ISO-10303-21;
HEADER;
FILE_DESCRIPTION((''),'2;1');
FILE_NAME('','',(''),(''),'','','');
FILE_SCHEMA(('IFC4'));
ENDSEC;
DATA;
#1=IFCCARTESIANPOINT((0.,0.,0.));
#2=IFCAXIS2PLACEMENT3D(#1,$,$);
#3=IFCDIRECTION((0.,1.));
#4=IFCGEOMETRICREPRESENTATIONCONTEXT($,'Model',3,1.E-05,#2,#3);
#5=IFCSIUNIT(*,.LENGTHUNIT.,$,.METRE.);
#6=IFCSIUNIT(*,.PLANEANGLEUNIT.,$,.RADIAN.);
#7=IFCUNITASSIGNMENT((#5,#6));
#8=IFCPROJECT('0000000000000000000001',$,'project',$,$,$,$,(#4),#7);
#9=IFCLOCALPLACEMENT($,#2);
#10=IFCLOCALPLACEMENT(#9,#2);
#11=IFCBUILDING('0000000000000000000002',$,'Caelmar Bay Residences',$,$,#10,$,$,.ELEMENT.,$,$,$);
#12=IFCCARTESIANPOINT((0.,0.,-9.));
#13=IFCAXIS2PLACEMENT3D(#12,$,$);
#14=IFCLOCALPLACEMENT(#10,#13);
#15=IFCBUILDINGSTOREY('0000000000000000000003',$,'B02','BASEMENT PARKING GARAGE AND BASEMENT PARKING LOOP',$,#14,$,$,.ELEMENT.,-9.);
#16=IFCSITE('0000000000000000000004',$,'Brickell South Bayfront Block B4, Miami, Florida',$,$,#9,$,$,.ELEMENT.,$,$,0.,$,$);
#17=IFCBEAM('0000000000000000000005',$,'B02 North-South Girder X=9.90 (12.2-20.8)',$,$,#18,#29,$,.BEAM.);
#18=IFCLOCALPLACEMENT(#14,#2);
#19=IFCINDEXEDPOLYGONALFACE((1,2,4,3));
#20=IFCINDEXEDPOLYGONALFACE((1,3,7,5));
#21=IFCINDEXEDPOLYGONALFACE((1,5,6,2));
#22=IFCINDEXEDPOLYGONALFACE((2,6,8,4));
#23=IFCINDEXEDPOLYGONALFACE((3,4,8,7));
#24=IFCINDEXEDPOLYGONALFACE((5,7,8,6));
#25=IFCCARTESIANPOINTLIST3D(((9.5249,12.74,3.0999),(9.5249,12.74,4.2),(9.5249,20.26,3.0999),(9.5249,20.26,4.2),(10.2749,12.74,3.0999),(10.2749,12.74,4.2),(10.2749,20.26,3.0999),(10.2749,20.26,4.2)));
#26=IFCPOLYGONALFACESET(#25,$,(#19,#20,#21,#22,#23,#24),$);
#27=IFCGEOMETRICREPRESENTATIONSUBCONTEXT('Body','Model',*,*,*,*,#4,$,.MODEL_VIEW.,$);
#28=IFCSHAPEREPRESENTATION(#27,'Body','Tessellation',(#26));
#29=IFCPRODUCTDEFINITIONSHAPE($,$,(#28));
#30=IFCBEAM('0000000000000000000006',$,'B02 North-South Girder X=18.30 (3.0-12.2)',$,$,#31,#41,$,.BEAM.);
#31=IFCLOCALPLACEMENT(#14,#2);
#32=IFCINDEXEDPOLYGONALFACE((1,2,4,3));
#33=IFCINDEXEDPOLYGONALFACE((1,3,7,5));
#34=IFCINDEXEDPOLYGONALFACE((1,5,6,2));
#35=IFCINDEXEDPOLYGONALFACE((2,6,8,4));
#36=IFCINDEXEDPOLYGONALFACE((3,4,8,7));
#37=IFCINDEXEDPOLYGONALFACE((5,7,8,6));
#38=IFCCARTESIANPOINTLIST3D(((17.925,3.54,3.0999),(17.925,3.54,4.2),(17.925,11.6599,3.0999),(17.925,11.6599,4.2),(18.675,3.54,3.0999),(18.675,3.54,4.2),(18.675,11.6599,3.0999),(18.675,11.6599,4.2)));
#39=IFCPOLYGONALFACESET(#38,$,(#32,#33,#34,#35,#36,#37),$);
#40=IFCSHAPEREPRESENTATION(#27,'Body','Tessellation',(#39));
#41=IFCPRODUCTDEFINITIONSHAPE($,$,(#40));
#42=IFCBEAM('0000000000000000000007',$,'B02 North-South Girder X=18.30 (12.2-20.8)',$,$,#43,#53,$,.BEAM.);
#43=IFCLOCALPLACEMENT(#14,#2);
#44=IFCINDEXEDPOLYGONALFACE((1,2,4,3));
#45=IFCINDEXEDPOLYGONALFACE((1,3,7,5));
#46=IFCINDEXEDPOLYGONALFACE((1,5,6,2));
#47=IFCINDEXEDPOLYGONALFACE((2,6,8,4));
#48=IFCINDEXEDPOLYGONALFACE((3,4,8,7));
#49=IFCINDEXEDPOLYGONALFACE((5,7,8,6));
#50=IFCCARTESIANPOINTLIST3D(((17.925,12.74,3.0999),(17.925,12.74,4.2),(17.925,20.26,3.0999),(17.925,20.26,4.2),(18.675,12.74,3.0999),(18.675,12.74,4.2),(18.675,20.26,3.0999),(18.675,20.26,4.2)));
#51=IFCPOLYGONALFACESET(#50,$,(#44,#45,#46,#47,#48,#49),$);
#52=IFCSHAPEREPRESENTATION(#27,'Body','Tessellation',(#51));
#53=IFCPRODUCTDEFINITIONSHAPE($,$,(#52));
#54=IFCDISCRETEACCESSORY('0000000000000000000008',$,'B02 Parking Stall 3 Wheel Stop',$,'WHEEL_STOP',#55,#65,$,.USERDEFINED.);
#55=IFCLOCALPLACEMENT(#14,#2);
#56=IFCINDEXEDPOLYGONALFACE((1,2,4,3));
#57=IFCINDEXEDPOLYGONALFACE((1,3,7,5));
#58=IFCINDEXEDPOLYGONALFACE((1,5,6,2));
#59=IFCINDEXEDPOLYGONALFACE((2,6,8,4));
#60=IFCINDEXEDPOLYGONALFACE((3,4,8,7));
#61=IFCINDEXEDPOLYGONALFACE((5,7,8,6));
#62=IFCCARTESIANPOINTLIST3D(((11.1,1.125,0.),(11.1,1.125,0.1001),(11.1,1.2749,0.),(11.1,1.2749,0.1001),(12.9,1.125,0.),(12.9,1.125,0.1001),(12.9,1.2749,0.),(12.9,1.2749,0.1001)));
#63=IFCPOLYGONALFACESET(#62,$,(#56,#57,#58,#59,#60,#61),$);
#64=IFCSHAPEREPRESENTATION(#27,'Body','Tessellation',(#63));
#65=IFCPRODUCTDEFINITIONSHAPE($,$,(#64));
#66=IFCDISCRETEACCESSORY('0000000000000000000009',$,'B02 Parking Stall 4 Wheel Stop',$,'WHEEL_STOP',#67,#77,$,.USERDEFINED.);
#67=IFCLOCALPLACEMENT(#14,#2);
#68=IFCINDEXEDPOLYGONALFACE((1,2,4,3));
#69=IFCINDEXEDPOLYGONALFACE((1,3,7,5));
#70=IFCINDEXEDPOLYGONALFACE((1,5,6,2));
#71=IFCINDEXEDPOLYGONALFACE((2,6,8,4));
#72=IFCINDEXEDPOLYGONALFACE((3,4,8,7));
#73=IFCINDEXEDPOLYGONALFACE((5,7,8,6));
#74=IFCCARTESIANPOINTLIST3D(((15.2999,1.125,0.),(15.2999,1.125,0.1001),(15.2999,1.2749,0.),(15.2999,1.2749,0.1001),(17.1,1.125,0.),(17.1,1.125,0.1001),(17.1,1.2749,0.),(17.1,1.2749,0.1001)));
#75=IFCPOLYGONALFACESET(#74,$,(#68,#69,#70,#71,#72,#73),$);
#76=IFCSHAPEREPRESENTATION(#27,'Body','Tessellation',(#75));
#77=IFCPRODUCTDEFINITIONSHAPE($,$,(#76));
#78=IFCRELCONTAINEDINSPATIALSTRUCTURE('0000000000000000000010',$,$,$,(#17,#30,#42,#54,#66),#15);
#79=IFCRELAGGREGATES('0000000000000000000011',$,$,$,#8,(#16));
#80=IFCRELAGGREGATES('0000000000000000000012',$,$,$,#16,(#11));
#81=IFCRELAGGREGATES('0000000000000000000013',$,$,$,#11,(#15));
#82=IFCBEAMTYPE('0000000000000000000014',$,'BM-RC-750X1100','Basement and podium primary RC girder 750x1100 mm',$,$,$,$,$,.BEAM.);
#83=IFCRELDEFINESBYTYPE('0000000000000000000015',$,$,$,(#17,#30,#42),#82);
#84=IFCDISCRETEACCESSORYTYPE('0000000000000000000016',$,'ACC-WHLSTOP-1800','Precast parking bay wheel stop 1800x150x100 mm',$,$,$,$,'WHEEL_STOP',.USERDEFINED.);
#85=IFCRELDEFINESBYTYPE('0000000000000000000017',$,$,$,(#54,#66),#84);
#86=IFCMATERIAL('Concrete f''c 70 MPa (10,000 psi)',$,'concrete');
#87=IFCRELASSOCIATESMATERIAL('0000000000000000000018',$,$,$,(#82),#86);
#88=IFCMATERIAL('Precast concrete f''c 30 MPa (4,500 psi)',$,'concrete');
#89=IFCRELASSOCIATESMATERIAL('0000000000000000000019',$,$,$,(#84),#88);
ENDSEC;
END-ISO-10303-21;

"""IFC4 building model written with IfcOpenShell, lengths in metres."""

from ifc_helpers import new_model, si_unit, direction, frame, origin, origin_2d, place, context, subcontext, project, spatial, rectangle, extrude, material, material_profile, profile_set, type_object, element, save


model = new_model("IFC4")

# Units and contexts
model_context = context("Model", 3, precision=1e-05, world=origin(), true_north=direction((0.0, 1.0)))
body_context = subcontext(model_context, "Body", "Model", "MODEL_VIEW")
ifc_project = project(units=[si_unit("LENGTHUNIT", "METRE"), si_unit("PLANEANGLEUNIT", "RADIAN")], contexts=[model_context])

# Site, building, storey
site_placement = place(None, origin())
site = spatial("IfcSite", under=ifc_project, at=site_placement, Name="Brickell South Bayfront Block B4, Miami, Florida", CompositionType="ELEMENT", RefElevation=0.0)
building_placement = place(site_placement, origin())
building = spatial("IfcBuilding", under=site, at=building_placement, Name="Caelmar Bay Residences", CompositionType="ELEMENT")
storey_placement = place(building_placement, frame((0.0, 0.0, -9.0)))
storey = spatial("IfcBuildingStorey", under=building, at=storey_placement, Name="B02", Description="BASEMENT PARKING GARAGE AND BASEMENT PARKING LOOP", CompositionType="ELEMENT", Elevation=-9.0)

# Shared definitions
ifc_material_1 = material(Name="Concrete f'c 70 MPa (10,000 psi)", Category="concrete")

# Beams
ifc_material_profile_1 = material_profile(ifc_material_1, rectangle(XDim=0.75, YDim=1.1001, at=origin_2d()), Name="RC-BM-750X1100")
ifc_profile_set_1 = profile_set([ifc_material_profile_1], Name="Concrete f'c 70 MPa (10,000 psi)")
beam_type_1 = type_object("IfcBeamType", Name="BM-RC-750X1100", Description="Basement and podium primary RC girder 750x1100 mm", PredefinedType="BEAM", material=ifc_profile_set_1)
beam_1_placement = place(storey_placement, frame((9.8999, 12.74, 3.6499), z_axis=(0.0, 1.0, 0.0), x_axis=(-1.0, 0.0, 0.0)))
element("IfcBeam", 1, at=beam_1_placement, inside=storey, type_object=beam_type_1, Name="B02 North-South Girder X=9.90 (12.2-20.8)", PredefinedType="BEAM", context=body_context, shape_type="SweptSolid", body=[
    extrude(rectangle(XDim=0.75, YDim=1.1001, at=origin_2d()), origin(), (0.0, 0.0, 1.0), 7.52),
])
beam_2_placement = place(storey_placement, frame((18.3, 3.54, 3.6499), z_axis=(0.0, 1.0, 0.0), x_axis=(-1.0, 0.0, 0.0)))
element("IfcBeam", 2, at=beam_2_placement, inside=storey, type_object=beam_type_1, Name="B02 North-South Girder X=18.30 (3.0-12.2)", PredefinedType="BEAM", context=body_context, shape_type="SweptSolid", body=[
    extrude(rectangle(XDim=0.75, YDim=1.1001, at=origin_2d()), origin(), (0.0, 0.0, 1.0), 8.1199),
])
beam_3_placement = place(storey_placement, frame((18.3, 12.74, 3.6499), z_axis=(0.0, 1.0, 0.0), x_axis=(-1.0, 0.0, 0.0)))
element("IfcBeam", 3, at=beam_3_placement, inside=storey, type_object=beam_type_1, Name="B02 North-South Girder X=18.30 (12.2-20.8)", PredefinedType="BEAM", context=body_context, shape_type="SweptSolid", body=[
    extrude(rectangle(XDim=0.75, YDim=1.1001, at=origin_2d()), origin(), (0.0, 0.0, 1.0), 7.52),
])

# Discrete accessories
ifc_material_2 = material(Name="Precast concrete f'c 30 MPa (4,500 psi)", Category="concrete")
discrete_accessory_type = type_object("IfcDiscreteAccessoryType", Name="ACC-WHLSTOP-1800", Description="Precast parking bay wheel stop 1800x150x100 mm", ElementType="WHEEL_STOP", PredefinedType="USERDEFINED", material=ifc_material_2)
for number, where, z_axis, x_axis, name in (
    (4, (12.0, 1.2, 0.0), (0.0, 0.0, 1.0), (1.0, 0.0, 0.0), "B02 Parking Stall 3 Wheel Stop"),
    (5, (16.2, 1.2, 0.0), (0.0, 0.0, 1.0), (1.0, 0.0, 0.0), "B02 Parking Stall 4 Wheel Stop"),
):
    element("IfcDiscreteAccessory", number, at=place(storey_placement, frame(where, z_axis=z_axis, x_axis=x_axis)), inside=storey, type_object=discrete_accessory_type, Name=name, ObjectType="WHEEL_STOP", PredefinedType="USERDEFINED", context=body_context, shape_type="SweptSolid", body=[
        extrude(rectangle(XDim=1.8, YDim=0.1499, at=origin_2d()), origin(), (0.0, 0.0, 1.0), 0.1001),
    ])

save(model, "model.ifc")
